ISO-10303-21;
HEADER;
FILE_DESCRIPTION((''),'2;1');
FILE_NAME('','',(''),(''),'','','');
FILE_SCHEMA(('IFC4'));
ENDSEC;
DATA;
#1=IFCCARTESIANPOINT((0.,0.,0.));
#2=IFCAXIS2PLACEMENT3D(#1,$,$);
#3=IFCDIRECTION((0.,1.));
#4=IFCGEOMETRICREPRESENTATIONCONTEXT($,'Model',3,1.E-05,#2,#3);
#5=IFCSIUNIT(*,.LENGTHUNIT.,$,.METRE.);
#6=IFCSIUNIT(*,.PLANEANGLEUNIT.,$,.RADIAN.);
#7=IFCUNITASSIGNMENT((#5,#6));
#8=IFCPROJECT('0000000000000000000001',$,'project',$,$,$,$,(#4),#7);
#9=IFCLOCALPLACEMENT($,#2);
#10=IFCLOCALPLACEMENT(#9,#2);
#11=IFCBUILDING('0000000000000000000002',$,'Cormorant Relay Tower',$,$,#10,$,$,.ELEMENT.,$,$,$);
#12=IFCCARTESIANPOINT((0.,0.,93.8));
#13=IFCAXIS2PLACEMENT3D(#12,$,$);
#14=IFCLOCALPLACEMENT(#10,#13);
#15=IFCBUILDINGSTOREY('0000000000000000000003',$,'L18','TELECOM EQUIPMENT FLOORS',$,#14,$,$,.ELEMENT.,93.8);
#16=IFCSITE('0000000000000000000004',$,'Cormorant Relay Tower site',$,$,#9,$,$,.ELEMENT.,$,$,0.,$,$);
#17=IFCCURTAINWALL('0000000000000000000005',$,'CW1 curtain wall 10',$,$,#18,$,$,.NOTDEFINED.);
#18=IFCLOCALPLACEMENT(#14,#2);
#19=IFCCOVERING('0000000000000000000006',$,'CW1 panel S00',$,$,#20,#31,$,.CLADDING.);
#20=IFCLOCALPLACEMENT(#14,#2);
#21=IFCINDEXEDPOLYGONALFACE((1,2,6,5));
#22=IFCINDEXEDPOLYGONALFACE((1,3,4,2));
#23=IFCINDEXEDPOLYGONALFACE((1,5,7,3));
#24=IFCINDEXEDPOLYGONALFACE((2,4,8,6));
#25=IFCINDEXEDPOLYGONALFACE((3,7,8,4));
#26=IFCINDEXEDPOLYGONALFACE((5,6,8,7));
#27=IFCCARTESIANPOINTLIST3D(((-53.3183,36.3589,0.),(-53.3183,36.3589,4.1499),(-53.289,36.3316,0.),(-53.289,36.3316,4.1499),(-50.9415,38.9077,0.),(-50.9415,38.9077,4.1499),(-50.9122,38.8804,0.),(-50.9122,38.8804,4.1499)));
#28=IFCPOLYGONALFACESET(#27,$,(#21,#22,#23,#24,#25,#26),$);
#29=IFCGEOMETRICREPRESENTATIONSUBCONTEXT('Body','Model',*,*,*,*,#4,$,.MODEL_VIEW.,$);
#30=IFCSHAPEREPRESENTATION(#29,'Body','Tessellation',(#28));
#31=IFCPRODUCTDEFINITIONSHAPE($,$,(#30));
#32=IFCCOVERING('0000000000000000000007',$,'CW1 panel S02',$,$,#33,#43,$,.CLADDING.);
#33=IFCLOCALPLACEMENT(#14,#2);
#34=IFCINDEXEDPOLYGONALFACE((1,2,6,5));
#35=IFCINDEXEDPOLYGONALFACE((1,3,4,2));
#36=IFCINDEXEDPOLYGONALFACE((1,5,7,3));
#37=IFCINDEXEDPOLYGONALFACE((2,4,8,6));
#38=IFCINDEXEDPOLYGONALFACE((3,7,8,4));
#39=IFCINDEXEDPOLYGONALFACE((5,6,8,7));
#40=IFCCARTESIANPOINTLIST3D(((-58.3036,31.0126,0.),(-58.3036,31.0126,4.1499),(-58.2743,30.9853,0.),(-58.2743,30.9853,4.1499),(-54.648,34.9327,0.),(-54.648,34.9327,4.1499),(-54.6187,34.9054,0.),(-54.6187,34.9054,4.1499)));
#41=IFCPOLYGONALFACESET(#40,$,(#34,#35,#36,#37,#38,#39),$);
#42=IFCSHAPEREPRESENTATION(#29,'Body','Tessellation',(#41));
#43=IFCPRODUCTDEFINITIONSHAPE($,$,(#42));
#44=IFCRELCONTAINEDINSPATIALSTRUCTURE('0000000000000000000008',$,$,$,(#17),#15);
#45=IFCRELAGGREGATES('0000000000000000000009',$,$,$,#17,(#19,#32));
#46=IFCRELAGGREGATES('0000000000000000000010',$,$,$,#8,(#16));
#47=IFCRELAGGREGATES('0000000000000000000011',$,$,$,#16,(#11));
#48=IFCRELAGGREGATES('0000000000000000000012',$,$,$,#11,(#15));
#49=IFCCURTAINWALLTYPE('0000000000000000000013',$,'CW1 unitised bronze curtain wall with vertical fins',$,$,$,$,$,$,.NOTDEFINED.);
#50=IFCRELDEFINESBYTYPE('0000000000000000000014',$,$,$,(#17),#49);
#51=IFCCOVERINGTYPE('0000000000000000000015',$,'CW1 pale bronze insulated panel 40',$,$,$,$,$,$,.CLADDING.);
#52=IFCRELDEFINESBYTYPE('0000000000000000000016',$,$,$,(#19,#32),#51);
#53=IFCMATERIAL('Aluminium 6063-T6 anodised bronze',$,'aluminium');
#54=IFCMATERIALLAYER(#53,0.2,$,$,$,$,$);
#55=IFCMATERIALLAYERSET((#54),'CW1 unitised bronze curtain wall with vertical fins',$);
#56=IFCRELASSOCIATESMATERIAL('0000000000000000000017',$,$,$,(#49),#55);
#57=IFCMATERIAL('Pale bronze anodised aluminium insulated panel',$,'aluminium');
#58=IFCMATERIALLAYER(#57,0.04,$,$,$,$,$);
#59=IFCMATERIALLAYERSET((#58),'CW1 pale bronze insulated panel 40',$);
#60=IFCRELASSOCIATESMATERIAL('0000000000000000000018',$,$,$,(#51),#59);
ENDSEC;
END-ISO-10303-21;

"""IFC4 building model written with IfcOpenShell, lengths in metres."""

from ifc_helpers import new_model, si_unit, direction, frame, origin, origin_2d, place, context, subcontext, project, spatial, rectangle, extrude, material, layer, layer_set, type_object, element, aggregate, save


model = new_model("IFC4")

# Units and contexts
model_context = context("Model", 3, precision=1e-05, world=origin(), true_north=direction((0.0, 1.0)))
body_context = subcontext(model_context, "Body", "Model", "MODEL_VIEW")
ifc_project = project(units=[si_unit("LENGTHUNIT", "METRE"), si_unit("PLANEANGLEUNIT", "RADIAN")], contexts=[model_context])

# Site, building, storey
site_placement = place(None, origin())
site = spatial("IfcSite", under=ifc_project, at=site_placement, Name="Cormorant Relay Tower site", CompositionType="ELEMENT", RefElevation=0.0)
building_placement = place(site_placement, origin())
building = spatial("IfcBuilding", under=site, at=building_placement, Name="Cormorant Relay Tower", CompositionType="ELEMENT")
storey_placement = place(building_placement, frame((0.0, 0.0, 93.8)))
storey = spatial("IfcBuildingStorey", under=building, at=storey_placement, Name="L18", Description="TELECOM EQUIPMENT FLOORS", CompositionType="ELEMENT", Elevation=93.8)

# Shared definitions
ifc_material_1 = material(Name="Aluminium 6063-T6 anodised bronze", Category="aluminium")
ifc_layer_1 = layer(ifc_material_1, 0.2)
ifc_layer_set_1 = layer_set([ifc_layer_1], Name="CW1 unitised bronze curtain wall with vertical fins")
curtain_wall_type = type_object("IfcCurtainWallType", Name="CW1 unitised bronze curtain wall with vertical fins", PredefinedType="NOTDEFINED", material=ifc_layer_set_1)

# Curtain wall
curtain_wall_1_placement = place(storey_placement, origin())
curtain_wall_1 = element("IfcCurtainWall", 1, at=curtain_wall_1_placement, inside=storey, type_object=curtain_wall_type, Name="CW1 curtain wall 10", PredefinedType="NOTDEFINED")

# Coverings
ifc_material_2 = material(Name="Pale bronze anodised aluminium insulated panel", Category="aluminium")
ifc_layer_2 = layer(ifc_material_2, 0.04)
ifc_layer_set_2 = layer_set([ifc_layer_2], Name="CW1 pale bronze insulated panel 40")
covering_type = type_object("IfcCoveringType", Name="CW1 pale bronze insulated panel 40", PredefinedType="CLADDING", material=ifc_layer_set_2)
covering_1_placement = place(storey_placement, frame((-52.1152, 37.6196, 0.0), z_axis=(0.0, 0.0, 1.0), x_axis=(-0.681998, -0.731354, 0.0)))
covering_1 = element("IfcCovering", 2, at=covering_1_placement, type_object=covering_type, Name="CW1 panel S00", PredefinedType="CLADDING", context=body_context, shape_type="SweptSolid", body=[
    extrude(rectangle(XDim=3.4851, YDim=0.04, at=origin_2d()), origin(), (0.0, 0.0, 1.0), 4.1499),
])
covering_2_placement = place(storey_placement, frame((-56.4612, 32.959, 0.0), z_axis=(0.0, 0.0, 1.0), x_axis=(-0.681998, -0.731354, 0.0)))
covering_2 = element("IfcCovering", 3, at=covering_2_placement, type_object=covering_type, Name="CW1 panel S02", PredefinedType="CLADDING", context=body_context, shape_type="SweptSolid", body=[
    extrude(rectangle(XDim=5.3601, YDim=0.04, at=origin_2d()), origin(), (0.0, 0.0, 1.0), 4.1499),
])
aggregate(curtain_wall_1, [covering_1, covering_2])

save(model, "model.ifc")
